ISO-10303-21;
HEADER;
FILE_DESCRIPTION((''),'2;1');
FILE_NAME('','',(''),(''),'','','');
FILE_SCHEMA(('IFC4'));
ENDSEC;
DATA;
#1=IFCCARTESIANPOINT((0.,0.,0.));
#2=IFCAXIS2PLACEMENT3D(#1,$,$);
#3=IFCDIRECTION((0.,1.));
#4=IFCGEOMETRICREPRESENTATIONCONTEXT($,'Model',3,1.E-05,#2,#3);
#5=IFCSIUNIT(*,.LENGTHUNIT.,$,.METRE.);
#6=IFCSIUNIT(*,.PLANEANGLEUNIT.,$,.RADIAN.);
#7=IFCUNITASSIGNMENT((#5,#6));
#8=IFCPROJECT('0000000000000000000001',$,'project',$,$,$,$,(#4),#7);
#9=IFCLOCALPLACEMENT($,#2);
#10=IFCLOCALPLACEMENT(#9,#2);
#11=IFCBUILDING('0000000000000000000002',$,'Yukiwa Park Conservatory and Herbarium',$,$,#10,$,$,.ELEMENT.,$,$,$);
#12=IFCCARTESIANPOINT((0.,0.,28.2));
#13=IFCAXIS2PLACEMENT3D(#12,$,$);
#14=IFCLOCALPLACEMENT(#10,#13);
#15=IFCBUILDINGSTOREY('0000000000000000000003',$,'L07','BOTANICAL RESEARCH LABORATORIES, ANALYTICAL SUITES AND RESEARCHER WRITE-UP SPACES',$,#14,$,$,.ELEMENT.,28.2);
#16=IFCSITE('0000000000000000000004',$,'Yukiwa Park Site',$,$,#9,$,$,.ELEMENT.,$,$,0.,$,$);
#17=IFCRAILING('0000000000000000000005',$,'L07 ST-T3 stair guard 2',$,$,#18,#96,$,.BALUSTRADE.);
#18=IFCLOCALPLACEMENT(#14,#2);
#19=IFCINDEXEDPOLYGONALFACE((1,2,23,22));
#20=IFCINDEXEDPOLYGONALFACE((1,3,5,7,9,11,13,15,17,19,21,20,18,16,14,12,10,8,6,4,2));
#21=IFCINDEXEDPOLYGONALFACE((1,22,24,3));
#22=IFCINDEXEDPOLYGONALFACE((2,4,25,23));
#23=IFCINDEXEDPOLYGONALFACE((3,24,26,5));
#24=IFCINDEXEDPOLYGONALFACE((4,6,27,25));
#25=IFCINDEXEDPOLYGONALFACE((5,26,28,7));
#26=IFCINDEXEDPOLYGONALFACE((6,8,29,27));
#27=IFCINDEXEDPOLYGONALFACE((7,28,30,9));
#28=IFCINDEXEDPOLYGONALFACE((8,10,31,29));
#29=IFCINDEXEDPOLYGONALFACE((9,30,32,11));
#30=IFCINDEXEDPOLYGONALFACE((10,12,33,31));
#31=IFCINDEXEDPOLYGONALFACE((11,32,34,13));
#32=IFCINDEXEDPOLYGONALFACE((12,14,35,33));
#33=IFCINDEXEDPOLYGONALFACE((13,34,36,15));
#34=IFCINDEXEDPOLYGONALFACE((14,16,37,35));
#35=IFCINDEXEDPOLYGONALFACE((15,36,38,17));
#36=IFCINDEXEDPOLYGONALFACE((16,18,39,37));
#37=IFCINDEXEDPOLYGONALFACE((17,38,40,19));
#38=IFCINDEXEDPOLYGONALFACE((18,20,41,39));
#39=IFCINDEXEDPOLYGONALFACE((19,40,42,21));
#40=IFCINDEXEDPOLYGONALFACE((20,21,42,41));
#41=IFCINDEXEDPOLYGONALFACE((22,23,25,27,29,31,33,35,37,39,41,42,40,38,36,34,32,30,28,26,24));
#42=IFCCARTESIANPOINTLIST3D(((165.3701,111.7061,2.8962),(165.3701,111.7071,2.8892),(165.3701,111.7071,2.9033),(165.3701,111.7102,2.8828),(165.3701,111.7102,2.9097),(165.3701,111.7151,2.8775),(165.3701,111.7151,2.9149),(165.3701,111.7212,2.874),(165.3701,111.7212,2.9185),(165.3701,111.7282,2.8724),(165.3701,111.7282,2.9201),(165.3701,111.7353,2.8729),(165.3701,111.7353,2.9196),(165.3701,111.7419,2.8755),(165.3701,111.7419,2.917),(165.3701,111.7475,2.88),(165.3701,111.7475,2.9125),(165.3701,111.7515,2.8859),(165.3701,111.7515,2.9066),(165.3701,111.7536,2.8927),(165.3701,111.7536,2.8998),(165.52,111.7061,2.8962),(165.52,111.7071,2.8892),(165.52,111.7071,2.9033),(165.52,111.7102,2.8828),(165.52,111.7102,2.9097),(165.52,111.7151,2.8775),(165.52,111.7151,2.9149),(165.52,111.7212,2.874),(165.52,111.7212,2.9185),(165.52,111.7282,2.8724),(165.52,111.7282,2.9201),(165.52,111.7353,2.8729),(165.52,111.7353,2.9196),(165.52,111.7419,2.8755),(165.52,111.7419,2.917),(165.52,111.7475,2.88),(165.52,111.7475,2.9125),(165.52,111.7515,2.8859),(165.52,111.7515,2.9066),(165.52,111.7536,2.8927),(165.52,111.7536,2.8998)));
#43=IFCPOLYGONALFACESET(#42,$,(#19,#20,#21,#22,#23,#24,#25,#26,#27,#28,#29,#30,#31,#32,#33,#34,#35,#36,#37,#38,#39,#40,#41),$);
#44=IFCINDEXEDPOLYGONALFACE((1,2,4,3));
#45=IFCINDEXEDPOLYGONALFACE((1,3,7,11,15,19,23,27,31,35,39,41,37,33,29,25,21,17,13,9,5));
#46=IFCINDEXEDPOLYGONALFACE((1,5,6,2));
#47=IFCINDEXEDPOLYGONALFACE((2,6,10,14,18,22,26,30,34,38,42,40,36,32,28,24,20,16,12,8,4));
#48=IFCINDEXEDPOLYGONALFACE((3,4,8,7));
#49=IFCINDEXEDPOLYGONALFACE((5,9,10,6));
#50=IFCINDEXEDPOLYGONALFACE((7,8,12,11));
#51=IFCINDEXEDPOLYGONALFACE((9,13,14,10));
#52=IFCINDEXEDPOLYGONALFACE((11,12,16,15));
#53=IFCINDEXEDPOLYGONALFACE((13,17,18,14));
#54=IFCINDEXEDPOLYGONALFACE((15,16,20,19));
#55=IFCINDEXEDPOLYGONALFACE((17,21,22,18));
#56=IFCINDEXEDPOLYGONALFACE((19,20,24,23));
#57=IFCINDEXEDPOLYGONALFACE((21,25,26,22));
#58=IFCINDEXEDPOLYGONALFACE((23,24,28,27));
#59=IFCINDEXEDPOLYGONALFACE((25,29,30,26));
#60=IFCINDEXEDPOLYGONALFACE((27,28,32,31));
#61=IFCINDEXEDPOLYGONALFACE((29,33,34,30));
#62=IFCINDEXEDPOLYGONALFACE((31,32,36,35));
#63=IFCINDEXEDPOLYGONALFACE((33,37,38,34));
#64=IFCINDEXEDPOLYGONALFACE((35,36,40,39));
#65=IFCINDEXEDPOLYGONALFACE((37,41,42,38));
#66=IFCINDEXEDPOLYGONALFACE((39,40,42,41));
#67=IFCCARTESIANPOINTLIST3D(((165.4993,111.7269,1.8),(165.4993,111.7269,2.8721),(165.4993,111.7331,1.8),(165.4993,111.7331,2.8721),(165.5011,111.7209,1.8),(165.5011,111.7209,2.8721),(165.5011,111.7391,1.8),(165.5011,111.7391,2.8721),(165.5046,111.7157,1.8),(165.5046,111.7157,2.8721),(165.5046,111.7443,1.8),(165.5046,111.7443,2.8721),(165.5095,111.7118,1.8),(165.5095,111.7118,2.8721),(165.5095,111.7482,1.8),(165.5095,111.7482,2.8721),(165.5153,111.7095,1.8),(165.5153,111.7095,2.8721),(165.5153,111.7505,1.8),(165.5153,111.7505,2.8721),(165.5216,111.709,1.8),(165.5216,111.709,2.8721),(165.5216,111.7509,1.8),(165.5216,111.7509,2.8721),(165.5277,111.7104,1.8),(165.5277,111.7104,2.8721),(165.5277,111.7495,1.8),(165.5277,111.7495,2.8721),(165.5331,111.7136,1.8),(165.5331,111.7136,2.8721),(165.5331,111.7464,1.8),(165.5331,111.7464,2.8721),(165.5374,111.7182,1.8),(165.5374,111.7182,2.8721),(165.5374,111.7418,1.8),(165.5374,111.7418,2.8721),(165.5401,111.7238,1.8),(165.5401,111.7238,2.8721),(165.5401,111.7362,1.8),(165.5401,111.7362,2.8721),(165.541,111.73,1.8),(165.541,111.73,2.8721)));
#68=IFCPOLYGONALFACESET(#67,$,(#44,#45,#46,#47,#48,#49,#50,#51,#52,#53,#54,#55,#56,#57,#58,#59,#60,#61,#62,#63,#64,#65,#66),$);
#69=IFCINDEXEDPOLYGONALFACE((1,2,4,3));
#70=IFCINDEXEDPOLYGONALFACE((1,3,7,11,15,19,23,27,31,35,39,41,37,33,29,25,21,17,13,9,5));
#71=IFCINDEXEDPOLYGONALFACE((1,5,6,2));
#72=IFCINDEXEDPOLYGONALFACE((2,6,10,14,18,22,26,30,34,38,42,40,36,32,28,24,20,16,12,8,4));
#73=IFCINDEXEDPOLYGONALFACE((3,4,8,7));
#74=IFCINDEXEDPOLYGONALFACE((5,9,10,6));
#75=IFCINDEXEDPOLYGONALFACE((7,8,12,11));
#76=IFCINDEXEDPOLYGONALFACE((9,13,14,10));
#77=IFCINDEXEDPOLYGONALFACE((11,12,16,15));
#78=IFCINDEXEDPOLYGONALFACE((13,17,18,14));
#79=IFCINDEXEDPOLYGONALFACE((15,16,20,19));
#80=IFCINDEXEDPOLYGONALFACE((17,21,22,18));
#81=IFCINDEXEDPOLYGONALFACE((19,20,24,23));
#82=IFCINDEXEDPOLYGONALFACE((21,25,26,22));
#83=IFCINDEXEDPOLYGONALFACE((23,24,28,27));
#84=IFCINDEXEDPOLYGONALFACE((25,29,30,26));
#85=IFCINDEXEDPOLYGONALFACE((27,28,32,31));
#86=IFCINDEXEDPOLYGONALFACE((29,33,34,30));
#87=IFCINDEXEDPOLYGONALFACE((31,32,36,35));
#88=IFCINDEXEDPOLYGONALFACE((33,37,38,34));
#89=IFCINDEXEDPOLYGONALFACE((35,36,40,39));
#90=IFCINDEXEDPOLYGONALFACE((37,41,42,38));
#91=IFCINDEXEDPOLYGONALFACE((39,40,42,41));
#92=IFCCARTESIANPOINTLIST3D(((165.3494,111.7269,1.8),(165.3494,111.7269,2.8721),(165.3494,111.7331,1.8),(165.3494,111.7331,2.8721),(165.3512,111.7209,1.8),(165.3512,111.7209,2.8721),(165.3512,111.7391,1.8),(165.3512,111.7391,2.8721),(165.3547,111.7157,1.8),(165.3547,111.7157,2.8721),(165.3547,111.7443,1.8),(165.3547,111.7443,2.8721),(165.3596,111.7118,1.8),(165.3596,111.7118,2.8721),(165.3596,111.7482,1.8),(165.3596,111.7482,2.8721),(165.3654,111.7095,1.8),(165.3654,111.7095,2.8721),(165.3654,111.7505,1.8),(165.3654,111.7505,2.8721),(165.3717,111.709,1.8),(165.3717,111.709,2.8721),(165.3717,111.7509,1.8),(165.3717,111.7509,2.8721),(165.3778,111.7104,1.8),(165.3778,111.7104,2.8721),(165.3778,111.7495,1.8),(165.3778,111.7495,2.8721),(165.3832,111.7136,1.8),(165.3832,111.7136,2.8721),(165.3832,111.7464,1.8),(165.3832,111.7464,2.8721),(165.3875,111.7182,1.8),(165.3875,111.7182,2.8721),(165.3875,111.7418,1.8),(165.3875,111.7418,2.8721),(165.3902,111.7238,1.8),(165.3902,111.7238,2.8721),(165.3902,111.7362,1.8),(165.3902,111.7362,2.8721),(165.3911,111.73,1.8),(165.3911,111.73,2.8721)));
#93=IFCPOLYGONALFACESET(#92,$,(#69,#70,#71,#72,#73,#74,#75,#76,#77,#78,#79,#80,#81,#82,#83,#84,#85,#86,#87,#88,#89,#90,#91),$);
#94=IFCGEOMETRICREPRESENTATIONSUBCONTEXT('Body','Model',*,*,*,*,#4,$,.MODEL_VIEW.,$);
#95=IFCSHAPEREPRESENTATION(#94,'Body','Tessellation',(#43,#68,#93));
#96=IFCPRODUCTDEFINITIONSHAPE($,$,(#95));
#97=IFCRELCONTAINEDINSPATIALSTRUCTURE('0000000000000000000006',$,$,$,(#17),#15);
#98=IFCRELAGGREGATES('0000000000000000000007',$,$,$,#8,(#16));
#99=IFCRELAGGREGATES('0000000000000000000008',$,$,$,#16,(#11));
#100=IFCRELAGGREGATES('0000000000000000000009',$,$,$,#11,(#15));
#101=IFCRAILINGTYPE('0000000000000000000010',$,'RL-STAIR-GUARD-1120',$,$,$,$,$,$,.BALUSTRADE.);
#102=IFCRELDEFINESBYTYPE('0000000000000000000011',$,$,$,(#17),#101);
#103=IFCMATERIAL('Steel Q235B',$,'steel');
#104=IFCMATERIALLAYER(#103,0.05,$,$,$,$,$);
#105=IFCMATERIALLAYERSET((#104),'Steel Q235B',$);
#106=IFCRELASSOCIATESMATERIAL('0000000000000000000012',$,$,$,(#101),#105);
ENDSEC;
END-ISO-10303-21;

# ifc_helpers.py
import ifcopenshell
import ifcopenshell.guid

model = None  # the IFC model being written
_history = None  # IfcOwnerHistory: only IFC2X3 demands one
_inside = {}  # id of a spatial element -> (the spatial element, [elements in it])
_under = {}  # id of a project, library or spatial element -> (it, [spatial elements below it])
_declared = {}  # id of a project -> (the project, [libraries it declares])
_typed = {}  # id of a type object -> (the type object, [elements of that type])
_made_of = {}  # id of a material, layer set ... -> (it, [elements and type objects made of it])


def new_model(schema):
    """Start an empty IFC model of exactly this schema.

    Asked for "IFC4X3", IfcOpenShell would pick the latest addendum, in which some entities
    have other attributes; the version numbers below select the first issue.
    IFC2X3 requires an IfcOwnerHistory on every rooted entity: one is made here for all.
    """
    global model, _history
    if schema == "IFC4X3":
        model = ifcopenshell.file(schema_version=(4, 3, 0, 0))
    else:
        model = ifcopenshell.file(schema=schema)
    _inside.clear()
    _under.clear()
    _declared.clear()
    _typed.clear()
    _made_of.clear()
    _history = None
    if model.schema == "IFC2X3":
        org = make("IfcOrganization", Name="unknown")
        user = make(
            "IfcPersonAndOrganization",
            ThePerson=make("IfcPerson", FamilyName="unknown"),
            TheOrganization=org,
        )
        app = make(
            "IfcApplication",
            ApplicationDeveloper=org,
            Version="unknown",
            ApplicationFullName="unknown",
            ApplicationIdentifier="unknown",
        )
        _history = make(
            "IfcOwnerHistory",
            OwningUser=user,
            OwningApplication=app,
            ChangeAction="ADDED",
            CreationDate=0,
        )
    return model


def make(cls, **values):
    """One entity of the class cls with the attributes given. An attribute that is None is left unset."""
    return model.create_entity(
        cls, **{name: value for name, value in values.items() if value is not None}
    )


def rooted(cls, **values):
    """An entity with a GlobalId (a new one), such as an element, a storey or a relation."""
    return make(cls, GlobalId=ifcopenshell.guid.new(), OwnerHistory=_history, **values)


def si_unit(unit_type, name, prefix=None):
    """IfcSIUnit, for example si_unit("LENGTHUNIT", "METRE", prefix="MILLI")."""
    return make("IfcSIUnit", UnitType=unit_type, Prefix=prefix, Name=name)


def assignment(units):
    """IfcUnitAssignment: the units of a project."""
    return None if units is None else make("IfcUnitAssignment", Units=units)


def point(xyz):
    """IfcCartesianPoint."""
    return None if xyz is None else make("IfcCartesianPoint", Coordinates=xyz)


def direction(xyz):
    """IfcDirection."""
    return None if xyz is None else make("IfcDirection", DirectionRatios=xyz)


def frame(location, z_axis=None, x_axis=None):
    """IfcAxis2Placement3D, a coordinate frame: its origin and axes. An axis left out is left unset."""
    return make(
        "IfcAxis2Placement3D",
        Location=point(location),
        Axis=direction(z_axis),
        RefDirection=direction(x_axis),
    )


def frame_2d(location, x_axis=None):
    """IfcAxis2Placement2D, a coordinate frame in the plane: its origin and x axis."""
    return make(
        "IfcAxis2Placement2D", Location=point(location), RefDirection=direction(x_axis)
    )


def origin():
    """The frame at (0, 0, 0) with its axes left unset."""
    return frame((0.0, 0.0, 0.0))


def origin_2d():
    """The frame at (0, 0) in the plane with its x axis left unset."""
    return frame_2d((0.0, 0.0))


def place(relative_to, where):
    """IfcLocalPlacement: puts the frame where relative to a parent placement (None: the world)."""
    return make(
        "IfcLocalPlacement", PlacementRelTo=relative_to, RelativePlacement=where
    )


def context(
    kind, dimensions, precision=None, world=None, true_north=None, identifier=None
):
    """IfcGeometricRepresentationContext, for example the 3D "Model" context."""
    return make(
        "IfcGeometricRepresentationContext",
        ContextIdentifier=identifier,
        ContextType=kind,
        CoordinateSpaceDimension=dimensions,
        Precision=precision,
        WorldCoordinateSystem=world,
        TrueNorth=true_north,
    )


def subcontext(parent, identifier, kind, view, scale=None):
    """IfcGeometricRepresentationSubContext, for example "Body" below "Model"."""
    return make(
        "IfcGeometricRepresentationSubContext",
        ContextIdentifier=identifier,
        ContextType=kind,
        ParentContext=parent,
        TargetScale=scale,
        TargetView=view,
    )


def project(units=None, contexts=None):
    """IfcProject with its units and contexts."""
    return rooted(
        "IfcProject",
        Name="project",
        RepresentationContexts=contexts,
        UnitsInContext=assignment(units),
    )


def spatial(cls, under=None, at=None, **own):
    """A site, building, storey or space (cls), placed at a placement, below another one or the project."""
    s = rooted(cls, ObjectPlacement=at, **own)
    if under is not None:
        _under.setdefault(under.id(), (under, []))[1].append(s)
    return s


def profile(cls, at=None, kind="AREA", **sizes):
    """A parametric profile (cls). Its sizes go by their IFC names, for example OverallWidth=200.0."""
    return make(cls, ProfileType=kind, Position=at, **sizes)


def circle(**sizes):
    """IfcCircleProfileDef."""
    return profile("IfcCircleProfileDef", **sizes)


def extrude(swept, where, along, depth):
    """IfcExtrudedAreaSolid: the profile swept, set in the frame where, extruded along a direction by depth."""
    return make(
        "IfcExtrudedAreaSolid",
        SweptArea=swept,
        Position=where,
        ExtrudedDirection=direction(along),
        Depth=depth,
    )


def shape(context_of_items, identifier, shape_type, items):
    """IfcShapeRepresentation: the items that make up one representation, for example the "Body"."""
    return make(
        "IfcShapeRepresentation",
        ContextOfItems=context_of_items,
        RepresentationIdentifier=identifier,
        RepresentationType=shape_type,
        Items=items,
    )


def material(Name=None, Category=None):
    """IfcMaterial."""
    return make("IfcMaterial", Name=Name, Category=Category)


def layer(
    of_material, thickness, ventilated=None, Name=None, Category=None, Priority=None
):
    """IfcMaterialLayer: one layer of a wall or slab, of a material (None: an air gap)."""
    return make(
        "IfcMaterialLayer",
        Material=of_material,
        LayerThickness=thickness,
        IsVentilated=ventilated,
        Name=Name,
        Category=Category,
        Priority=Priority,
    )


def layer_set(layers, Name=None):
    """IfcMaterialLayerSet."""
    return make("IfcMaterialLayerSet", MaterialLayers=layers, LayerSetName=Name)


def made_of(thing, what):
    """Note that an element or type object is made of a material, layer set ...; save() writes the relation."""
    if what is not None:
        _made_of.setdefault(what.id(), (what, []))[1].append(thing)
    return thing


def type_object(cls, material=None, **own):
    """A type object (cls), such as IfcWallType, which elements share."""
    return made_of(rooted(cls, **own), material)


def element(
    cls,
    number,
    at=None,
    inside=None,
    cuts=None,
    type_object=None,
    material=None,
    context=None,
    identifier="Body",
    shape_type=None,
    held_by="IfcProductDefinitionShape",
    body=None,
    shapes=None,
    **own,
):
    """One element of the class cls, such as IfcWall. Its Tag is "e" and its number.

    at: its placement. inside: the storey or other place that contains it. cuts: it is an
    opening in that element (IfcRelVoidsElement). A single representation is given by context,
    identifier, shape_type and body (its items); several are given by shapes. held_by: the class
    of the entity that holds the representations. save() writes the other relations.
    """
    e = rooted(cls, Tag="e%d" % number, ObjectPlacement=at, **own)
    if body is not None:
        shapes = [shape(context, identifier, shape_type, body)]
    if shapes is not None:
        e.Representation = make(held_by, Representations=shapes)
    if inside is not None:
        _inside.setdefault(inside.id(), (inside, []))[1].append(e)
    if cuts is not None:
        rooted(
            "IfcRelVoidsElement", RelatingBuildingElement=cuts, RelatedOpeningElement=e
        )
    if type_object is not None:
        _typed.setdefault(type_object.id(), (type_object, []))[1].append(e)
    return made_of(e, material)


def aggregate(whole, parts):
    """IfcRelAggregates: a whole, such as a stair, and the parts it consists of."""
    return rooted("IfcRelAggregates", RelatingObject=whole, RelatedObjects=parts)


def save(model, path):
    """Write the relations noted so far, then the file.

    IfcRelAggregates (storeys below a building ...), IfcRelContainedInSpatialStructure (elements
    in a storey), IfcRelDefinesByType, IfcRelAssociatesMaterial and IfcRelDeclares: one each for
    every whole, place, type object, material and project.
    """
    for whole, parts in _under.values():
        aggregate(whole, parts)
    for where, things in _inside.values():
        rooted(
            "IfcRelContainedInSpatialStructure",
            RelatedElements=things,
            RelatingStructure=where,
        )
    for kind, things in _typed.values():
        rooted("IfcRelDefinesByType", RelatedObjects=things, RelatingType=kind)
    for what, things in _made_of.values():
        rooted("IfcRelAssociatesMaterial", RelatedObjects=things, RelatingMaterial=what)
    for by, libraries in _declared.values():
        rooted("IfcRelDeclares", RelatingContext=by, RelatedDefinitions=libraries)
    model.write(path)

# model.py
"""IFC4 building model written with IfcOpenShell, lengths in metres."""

from ifc_helpers import new_model, si_unit, direction, frame, origin, origin_2d, place, context, subcontext, project, spatial, circle, extrude, material, layer, layer_set, type_object, element, save


model = new_model("IFC4")

# Units and contexts
model_context = context("Model", 3, precision=1e-05, world=origin(), true_north=direction((0.0, 1.0)))
body_context = subcontext(model_context, "Body", "Model", "MODEL_VIEW")
ifc_project = project(units=[si_unit("LENGTHUNIT", "METRE"), si_unit("PLANEANGLEUNIT", "RADIAN")], contexts=[model_context])

# Site, building, storey
site_placement = place(None, origin())
site = spatial("IfcSite", under=ifc_project, at=site_placement, Name="Yukiwa Park Site", CompositionType="ELEMENT", RefElevation=0.0)
building_placement = place(site_placement, origin())
building = spatial("IfcBuilding", under=site, at=building_placement, Name="Yukiwa Park Conservatory and Herbarium", CompositionType="ELEMENT")
storey_placement = place(building_placement, frame((0.0, 0.0, 28.2)))
storey = spatial("IfcBuildingStorey", under=building, at=storey_placement, Name="L07", Description="BOTANICAL RESEARCH LABORATORIES, ANALYTICAL SUITES AND RESEARCHER WRITE-UP SPACES", CompositionType="ELEMENT", Elevation=28.2)

# Railing
ifc_material_1 = material(Name="Steel Q235B", Category="steel")
ifc_layer_1 = layer(ifc_material_1, 0.05)
ifc_layer_set_1 = layer_set([ifc_layer_1], Name="Steel Q235B")
railing_type_1 = type_object("IfcRailingType", Name="RL-STAIR-GUARD-1120", PredefinedType="BALUSTRADE", material=ifc_layer_set_1)
railing_1_placement = place(storey_placement, frame((165.52, 111.73, 1.8)))
element("IfcRailing", 1, at=railing_1_placement, inside=storey, type_object=railing_type_1, Name="L07 ST-T3 stair guard 2", PredefinedType="BALUSTRADE", context=body_context, shape_type="SweptSolid", body=[
    extrude(circle(Radius=0.0239, at=origin_2d()), frame((0.0, 0.0, 1.0962), z_axis=(-1.0, 0.0, 0.0), x_axis=(0.0, -1.0, 0.0)), (0.0, 0.0, 1.0), 0.1499),
    extrude(circle(Radius=0.021, at=origin_2d()), origin(), (0.0, 0.0, 1.0), 1.072),
    extrude(circle(Radius=0.021, at=origin_2d()), frame((-0.1499, 0.0, 0.0)), (0.0, 0.0, 1.0), 1.072),
])

save(model, "model.ifc")
